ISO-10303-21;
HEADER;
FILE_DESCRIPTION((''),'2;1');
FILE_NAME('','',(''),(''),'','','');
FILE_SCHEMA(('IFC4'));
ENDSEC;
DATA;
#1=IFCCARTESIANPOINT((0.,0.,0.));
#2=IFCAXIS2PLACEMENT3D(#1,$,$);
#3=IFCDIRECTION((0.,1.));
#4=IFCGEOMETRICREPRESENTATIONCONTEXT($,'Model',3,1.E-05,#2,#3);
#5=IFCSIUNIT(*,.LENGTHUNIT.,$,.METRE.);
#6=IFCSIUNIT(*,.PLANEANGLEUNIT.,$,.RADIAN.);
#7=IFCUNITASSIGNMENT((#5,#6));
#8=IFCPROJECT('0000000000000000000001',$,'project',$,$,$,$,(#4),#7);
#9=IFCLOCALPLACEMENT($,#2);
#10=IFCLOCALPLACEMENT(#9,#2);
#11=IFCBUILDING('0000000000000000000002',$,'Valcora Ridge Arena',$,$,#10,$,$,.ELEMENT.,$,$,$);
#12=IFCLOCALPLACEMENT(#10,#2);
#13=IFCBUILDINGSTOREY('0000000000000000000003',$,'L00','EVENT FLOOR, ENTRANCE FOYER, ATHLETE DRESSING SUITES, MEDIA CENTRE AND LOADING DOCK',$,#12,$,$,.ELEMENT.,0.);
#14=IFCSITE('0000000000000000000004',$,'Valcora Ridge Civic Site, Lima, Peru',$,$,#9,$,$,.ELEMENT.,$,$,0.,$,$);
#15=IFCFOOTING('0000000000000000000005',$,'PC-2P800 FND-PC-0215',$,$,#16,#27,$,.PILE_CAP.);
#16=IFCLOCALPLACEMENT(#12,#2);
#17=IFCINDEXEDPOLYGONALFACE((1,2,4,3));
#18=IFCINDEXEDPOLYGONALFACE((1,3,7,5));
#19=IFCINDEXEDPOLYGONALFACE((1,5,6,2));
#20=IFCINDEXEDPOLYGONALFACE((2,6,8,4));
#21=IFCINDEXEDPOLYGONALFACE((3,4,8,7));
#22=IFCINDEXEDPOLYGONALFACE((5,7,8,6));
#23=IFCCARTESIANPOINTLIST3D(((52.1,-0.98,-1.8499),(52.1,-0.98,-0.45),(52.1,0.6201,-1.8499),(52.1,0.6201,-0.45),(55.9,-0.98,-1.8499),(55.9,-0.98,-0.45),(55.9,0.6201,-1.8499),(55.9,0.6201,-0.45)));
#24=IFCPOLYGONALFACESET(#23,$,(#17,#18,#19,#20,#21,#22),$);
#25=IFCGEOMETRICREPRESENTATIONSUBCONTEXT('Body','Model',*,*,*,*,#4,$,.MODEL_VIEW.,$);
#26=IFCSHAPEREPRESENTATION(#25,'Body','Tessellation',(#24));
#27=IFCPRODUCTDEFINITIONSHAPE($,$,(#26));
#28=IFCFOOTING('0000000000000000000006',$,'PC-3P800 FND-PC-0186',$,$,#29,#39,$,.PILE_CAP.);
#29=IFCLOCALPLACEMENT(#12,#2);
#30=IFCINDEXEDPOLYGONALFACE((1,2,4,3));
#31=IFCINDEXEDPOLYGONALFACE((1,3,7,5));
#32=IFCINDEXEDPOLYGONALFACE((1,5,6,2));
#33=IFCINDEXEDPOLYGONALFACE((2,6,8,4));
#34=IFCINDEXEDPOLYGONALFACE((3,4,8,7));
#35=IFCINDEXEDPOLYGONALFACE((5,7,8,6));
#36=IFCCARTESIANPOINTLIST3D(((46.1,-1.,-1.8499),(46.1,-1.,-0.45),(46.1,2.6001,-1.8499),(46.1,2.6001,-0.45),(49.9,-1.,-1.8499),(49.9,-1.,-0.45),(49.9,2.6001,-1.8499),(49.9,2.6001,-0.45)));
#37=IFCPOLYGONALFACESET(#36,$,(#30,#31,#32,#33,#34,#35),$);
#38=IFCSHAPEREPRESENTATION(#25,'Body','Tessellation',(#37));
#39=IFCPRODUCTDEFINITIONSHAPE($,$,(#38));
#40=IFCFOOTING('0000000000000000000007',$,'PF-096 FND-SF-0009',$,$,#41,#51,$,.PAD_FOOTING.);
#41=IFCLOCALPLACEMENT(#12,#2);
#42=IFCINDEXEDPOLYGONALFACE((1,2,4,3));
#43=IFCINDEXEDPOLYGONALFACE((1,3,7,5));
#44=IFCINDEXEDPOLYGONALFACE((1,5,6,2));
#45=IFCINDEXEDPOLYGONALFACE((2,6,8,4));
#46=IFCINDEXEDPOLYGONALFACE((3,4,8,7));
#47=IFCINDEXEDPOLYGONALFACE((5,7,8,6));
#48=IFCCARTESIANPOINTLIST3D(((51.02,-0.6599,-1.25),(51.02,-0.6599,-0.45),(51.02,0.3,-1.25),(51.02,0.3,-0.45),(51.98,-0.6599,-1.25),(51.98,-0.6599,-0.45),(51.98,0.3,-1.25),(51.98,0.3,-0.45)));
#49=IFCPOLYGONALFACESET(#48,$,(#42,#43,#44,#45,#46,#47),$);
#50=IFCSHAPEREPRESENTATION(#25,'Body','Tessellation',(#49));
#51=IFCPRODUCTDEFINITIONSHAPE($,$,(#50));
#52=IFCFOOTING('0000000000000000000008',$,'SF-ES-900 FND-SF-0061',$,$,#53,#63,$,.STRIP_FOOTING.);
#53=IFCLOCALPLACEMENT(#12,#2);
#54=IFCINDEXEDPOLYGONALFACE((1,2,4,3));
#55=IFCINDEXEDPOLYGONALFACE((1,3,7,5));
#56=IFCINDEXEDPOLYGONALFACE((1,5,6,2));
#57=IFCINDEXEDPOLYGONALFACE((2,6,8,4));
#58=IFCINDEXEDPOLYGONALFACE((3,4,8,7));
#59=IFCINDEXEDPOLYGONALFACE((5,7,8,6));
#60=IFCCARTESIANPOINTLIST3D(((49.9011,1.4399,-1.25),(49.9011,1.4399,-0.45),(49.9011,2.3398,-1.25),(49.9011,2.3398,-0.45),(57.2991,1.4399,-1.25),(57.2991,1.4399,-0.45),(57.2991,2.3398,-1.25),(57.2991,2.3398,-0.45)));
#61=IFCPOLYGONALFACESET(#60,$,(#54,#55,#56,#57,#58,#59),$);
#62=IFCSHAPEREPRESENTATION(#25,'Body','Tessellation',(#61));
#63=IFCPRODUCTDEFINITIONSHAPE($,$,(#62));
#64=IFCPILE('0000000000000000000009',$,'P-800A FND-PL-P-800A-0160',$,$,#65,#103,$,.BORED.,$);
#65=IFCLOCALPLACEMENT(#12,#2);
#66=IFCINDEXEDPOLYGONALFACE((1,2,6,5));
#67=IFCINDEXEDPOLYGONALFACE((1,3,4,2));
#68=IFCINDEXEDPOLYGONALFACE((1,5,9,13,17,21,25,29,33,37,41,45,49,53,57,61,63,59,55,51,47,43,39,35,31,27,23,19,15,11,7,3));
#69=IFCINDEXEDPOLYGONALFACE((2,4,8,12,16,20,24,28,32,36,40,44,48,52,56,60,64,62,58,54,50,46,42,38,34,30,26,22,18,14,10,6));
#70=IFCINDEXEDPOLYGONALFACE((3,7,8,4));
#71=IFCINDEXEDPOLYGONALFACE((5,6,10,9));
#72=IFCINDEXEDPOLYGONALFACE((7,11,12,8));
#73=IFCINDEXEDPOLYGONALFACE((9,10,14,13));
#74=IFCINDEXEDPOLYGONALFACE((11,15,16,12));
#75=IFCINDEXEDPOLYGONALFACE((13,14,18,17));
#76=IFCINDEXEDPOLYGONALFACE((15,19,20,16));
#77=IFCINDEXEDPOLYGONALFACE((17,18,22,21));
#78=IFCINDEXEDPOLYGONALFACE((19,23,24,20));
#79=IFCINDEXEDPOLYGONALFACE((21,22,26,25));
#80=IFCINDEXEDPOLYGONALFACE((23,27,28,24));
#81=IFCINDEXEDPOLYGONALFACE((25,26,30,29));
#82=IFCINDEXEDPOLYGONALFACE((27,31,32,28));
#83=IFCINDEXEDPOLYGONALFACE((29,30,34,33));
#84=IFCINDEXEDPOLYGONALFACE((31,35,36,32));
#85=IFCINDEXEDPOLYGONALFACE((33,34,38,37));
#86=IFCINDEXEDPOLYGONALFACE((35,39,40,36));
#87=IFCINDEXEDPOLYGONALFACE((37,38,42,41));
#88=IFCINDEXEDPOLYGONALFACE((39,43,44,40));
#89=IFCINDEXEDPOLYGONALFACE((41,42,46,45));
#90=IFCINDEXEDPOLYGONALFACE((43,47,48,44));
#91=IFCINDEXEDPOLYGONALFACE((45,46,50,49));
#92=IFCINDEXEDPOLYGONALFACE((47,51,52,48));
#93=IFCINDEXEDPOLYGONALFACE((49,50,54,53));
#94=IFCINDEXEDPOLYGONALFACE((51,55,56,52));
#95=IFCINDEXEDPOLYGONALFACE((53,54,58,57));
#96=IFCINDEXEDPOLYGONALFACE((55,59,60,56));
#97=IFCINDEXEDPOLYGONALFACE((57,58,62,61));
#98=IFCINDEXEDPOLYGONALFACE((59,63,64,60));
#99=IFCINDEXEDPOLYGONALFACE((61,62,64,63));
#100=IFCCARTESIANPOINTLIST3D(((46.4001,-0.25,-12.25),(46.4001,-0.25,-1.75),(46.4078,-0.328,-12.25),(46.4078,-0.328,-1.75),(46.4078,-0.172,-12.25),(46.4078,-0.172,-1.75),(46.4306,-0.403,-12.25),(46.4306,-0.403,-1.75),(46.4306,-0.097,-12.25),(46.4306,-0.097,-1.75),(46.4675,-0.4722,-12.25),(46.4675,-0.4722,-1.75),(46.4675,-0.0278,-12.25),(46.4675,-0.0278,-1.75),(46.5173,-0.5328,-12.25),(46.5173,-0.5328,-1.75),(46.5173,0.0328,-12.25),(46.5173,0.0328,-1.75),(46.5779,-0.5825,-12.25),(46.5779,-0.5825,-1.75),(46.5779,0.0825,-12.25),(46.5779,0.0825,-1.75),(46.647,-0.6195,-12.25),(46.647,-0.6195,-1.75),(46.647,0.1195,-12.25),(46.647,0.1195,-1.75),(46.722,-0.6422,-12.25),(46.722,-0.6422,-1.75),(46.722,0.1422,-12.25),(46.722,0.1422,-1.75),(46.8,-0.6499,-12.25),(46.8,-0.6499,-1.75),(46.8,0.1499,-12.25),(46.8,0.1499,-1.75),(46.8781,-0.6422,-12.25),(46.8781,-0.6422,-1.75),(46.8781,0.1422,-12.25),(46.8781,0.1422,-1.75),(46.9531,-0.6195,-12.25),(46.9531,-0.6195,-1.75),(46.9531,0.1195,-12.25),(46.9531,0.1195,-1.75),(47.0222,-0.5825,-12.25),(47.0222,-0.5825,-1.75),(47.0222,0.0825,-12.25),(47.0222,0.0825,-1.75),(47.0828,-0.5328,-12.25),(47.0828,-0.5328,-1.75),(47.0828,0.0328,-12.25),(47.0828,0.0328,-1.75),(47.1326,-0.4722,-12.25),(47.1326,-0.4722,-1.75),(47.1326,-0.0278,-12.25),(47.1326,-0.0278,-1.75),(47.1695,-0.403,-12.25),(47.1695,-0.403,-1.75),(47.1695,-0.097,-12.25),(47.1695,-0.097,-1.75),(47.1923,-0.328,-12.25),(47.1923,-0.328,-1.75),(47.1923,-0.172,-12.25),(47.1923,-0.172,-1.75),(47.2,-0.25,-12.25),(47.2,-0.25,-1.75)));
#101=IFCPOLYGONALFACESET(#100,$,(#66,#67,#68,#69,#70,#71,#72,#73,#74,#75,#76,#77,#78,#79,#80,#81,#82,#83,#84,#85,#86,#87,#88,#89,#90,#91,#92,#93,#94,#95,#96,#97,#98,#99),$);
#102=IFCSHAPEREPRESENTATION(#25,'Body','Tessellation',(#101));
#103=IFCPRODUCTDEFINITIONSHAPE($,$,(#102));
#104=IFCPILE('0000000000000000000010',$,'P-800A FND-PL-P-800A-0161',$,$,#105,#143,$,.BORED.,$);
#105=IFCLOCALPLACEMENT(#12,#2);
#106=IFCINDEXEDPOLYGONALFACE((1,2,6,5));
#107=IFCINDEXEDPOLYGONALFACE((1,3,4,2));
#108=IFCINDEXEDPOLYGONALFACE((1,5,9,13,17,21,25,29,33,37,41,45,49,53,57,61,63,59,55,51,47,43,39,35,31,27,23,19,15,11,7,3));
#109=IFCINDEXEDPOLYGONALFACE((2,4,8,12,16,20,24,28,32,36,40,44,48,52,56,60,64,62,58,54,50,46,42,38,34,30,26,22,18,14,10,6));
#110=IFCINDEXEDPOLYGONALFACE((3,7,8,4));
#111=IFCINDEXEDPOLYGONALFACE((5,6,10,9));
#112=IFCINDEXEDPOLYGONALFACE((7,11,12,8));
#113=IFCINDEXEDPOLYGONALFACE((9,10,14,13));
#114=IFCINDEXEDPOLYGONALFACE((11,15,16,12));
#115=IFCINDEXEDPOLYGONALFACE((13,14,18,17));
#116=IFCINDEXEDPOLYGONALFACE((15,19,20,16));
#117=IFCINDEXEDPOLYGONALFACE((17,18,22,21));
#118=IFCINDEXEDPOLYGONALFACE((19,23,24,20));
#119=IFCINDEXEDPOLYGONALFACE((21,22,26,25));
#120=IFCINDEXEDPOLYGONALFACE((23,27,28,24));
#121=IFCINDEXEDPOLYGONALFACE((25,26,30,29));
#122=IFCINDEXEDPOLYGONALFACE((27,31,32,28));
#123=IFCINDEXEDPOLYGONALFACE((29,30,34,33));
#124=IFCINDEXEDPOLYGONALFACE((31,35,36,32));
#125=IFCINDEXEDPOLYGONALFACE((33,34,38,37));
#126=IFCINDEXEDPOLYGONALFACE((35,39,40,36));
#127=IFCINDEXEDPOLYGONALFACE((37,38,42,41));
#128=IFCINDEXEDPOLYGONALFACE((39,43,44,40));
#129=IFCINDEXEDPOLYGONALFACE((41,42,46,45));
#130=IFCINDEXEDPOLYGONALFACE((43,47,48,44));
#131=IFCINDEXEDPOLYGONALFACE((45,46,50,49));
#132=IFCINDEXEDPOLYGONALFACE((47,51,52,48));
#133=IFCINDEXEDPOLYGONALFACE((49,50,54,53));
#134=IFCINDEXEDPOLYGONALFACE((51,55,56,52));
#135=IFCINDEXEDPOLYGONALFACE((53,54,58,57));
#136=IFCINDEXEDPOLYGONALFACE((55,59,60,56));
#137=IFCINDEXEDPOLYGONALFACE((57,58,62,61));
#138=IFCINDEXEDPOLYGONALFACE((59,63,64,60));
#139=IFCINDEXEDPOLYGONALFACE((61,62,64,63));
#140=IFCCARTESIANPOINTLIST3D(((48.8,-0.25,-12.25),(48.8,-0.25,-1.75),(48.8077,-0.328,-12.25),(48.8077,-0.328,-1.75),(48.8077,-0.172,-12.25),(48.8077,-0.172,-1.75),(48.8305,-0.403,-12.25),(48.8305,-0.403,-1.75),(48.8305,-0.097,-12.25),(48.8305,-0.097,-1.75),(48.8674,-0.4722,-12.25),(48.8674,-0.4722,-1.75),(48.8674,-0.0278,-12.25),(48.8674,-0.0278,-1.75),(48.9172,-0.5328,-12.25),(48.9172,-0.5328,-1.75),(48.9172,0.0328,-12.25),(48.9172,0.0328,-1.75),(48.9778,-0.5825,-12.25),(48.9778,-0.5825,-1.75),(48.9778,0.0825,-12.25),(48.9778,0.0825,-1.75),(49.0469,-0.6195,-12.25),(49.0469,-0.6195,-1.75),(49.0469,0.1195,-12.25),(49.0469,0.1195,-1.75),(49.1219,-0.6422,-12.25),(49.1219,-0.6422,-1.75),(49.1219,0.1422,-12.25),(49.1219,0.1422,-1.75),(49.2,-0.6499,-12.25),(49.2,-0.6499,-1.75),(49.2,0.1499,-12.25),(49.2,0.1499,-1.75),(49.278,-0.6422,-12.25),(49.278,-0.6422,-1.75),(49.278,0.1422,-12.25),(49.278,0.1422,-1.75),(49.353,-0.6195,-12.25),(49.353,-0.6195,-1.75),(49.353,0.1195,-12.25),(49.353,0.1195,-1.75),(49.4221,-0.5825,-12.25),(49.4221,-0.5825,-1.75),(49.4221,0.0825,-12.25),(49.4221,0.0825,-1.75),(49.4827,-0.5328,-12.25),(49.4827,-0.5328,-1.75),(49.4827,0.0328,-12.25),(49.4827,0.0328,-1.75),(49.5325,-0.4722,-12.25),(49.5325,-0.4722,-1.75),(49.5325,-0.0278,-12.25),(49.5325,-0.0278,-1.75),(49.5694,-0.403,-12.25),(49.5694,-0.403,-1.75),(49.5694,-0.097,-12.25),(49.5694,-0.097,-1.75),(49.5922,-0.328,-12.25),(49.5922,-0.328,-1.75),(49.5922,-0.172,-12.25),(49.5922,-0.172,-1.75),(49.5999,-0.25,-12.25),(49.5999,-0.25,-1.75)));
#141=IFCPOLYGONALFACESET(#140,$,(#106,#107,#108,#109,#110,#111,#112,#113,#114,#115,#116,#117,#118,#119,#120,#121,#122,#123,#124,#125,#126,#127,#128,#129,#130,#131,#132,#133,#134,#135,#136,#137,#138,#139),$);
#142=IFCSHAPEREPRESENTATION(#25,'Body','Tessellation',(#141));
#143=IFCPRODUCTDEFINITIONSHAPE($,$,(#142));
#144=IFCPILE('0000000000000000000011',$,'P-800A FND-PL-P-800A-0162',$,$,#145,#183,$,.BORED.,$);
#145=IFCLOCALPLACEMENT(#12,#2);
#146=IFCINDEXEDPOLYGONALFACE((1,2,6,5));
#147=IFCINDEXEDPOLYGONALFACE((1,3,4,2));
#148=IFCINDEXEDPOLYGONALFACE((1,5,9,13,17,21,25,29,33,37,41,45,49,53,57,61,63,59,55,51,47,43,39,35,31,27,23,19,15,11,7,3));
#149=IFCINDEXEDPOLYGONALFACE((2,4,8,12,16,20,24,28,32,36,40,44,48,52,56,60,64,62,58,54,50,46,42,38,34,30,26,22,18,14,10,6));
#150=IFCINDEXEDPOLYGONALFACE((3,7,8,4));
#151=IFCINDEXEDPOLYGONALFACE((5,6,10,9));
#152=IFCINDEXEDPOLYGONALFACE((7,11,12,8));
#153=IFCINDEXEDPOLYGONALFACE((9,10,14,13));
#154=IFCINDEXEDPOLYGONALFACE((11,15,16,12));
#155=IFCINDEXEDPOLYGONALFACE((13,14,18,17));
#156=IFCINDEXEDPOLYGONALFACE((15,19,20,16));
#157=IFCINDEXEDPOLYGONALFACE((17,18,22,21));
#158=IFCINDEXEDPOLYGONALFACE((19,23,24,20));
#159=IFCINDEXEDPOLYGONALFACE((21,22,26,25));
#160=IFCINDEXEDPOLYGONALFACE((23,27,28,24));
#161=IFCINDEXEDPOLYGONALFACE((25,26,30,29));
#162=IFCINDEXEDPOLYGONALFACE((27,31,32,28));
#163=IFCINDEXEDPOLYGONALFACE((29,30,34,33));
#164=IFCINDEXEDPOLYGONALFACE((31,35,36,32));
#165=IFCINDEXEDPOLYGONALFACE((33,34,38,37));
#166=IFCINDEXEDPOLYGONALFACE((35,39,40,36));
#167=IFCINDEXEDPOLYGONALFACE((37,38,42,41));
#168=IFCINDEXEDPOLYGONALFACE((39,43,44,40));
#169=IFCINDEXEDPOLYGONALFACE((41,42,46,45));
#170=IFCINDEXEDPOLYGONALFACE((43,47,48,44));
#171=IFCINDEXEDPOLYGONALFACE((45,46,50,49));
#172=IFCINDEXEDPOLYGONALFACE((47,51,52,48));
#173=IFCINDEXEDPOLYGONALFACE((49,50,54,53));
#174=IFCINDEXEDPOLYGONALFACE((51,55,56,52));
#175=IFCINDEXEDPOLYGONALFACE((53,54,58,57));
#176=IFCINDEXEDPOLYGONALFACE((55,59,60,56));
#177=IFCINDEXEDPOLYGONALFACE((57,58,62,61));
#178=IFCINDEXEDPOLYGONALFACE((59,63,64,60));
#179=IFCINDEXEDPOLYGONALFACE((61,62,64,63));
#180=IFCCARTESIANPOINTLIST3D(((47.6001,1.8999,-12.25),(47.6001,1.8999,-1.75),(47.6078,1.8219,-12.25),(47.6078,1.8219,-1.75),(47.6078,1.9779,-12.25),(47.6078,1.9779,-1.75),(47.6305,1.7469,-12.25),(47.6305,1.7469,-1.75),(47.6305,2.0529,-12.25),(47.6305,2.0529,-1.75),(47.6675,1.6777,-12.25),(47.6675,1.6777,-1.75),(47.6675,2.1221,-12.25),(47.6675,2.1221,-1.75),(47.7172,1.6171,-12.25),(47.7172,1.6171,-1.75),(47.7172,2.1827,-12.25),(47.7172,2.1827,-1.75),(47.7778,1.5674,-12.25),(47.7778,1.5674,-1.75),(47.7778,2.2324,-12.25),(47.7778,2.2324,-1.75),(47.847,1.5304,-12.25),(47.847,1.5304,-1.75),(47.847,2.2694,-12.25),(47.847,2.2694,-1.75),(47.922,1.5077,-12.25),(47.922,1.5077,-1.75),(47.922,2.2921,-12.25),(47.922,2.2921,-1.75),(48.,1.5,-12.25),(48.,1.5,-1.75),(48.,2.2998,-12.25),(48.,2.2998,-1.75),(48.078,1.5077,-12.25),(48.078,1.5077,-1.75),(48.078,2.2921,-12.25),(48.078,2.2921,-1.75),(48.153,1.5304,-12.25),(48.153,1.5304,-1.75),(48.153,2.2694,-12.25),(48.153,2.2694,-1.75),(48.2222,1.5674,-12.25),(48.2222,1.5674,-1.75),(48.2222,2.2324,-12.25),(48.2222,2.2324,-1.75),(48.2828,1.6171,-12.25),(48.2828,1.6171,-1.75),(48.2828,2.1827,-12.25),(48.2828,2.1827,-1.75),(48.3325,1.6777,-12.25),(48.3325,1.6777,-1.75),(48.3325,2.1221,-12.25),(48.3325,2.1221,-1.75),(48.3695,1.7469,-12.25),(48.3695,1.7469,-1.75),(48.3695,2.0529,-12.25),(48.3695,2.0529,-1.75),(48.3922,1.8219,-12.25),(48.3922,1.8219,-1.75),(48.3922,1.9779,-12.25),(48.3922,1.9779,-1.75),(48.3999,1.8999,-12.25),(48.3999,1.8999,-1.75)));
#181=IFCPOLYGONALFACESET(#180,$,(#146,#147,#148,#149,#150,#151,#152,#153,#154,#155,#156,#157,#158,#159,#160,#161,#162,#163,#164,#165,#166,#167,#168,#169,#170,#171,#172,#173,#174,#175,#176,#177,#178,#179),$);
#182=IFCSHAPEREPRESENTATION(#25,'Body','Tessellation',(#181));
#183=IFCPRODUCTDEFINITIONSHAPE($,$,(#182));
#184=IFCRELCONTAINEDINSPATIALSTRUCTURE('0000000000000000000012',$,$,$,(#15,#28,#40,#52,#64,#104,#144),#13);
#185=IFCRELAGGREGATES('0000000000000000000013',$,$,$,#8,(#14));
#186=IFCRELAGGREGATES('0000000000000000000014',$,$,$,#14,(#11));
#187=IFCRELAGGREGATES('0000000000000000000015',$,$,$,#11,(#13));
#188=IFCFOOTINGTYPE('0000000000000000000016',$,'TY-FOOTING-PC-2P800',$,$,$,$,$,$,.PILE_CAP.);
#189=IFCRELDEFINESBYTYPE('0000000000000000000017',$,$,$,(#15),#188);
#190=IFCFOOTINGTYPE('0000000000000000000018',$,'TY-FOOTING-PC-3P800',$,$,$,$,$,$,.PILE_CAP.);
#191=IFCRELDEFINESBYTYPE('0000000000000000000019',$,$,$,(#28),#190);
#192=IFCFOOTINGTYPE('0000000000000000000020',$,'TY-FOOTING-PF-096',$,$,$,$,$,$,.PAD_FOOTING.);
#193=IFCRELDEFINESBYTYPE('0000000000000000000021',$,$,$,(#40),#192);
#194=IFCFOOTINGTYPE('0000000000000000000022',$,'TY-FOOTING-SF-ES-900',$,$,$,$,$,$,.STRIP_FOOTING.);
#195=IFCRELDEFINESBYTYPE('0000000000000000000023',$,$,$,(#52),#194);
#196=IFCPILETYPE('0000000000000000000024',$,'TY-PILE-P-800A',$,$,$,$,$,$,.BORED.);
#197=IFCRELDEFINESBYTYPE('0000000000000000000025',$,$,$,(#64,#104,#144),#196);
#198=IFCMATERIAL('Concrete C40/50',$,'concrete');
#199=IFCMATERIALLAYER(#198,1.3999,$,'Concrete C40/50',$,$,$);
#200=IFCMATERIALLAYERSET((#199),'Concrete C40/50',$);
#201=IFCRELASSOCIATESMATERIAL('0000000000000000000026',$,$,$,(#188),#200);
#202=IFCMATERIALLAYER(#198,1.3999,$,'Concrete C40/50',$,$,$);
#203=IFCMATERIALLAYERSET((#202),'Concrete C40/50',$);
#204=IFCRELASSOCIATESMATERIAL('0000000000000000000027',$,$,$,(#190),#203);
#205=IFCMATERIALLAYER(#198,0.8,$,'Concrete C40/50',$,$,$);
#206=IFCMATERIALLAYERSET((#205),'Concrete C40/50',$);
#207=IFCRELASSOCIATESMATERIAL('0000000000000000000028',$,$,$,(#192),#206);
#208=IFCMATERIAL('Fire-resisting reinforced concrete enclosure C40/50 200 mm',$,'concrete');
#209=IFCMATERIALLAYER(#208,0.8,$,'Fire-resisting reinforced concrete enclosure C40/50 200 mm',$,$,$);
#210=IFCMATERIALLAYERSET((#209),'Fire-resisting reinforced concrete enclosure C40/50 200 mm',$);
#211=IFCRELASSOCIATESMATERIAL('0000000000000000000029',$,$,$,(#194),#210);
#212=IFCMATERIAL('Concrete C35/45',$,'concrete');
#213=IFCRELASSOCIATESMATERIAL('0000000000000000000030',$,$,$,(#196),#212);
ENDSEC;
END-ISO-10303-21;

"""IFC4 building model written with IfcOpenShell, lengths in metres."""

from ifc_helpers import new_model, si_unit, direction, frame, origin, origin_2d, place, context, subcontext, project, spatial, rectangle, circle, extrude, material, layer, layer_set, material_profile, profile_set, type_object, element, save


model = new_model("IFC4")

# Units and contexts
model_context = context("Model", 3, precision=1e-05, world=origin(), true_north=direction((0.0, 1.0)))
body_context = subcontext(model_context, "Body", "Model", "MODEL_VIEW")
ifc_project = project(units=[si_unit("LENGTHUNIT", "METRE"), si_unit("PLANEANGLEUNIT", "RADIAN")], contexts=[model_context])

# Site, building, storey
site_placement = place(None, origin())
site = spatial("IfcSite", under=ifc_project, at=site_placement, Name="Valcora Ridge Civic Site, Lima, Peru", CompositionType="ELEMENT", RefElevation=0.0)
building_placement = place(site_placement, origin())
building = spatial("IfcBuilding", under=site, at=building_placement, Name="Valcora Ridge Arena", CompositionType="ELEMENT")
storey_placement = place(building_placement, origin())
storey = spatial("IfcBuildingStorey", under=building, at=storey_placement, Name="L00", Description="EVENT FLOOR, ENTRANCE FOYER, ATHLETE DRESSING SUITES, MEDIA CENTRE AND LOADING DOCK", CompositionType="ELEMENT", Elevation=0.0)

# Footings
ifc_material_1 = material(Name="Concrete C40/50", Category="concrete")
ifc_layer_1 = layer(ifc_material_1, 1.3999, Name="Concrete C40/50")
ifc_layer_set_1 = layer_set([ifc_layer_1], Name="Concrete C40/50")
footing_type_1 = type_object("IfcFootingType", Name="TY-FOOTING-PC-2P800", PredefinedType="PILE_CAP", material=ifc_layer_set_1)
footing_1_placement = place(storey_placement, frame((54.0, -0.1799, -1.8499), z_axis=(0.0, 0.0, 1.0), x_axis=(1.0, 0.0, 0.0)))
element("IfcFooting", 1, at=footing_1_placement, inside=storey, type_object=footing_type_1, Name="PC-2P800 FND-PC-0215", PredefinedType="PILE_CAP", context=body_context, shape_type="SweptSolid", body=[
    extrude(rectangle(XDim=3.8, YDim=1.6001, at=origin_2d()), origin(), (0.0, 0.0, 1.0), 1.3999),
])
ifc_layer_2 = layer(ifc_material_1, 1.3999, Name="Concrete C40/50")
ifc_layer_set_2 = layer_set([ifc_layer_2], Name="Concrete C40/50")
footing_type_2 = type_object("IfcFootingType", Name="TY-FOOTING-PC-3P800", PredefinedType="PILE_CAP", material=ifc_layer_set_2)
footing_2_placement = place(storey_placement, frame((48.0, 0.8, -1.8499), z_axis=(0.0, 0.0, 1.0), x_axis=(1.0, 0.0, 0.0)))
element("IfcFooting", 2, at=footing_2_placement, inside=storey, type_object=footing_type_2, Name="PC-3P800 FND-PC-0186", PredefinedType="PILE_CAP", context=body_context, shape_type="SweptSolid", body=[
    extrude(rectangle(XDim=3.8, YDim=3.6001, at=origin_2d()), origin(), (0.0, 0.0, 1.0), 1.3999),
])
ifc_layer_3 = layer(ifc_material_1, 0.8, Name="Concrete C40/50")
ifc_layer_set_3 = layer_set([ifc_layer_3], Name="Concrete C40/50")
footing_type_3 = type_object("IfcFootingType", Name="TY-FOOTING-PF-096", PredefinedType="PAD_FOOTING", material=ifc_layer_set_3)
footing_3_placement = place(storey_placement, frame((51.5, -0.1799, -1.25), z_axis=(0.0, 0.0, 1.0), x_axis=(1.0, 0.0, 0.0)))
element("IfcFooting", 3, at=footing_3_placement, inside=storey, type_object=footing_type_3, Name="PF-096 FND-SF-0009", PredefinedType="PAD_FOOTING", context=body_context, shape_type="SweptSolid", body=[
    extrude(rectangle(XDim=0.96, YDim=0.96, at=origin_2d()), origin(), (0.0, 0.0, 1.0), 0.8),
])
ifc_material_2 = material(Name="Fire-resisting reinforced concrete enclosure C40/50 200 mm", Category="concrete")
ifc_layer_4 = layer(ifc_material_2, 0.8, Name="Fire-resisting reinforced concrete enclosure C40/50 200 mm")
ifc_layer_set_4 = layer_set([ifc_layer_4], Name="Fire-resisting reinforced concrete enclosure C40/50 200 mm")
footing_type_4 = type_object("IfcFootingType", Name="TY-FOOTING-SF-ES-900", PredefinedType="STRIP_FOOTING", material=ifc_layer_set_4)
footing_4_placement = place(storey_placement, frame((53.6001, 1.8899, -1.25), z_axis=(0.0, 0.0, 1.0), x_axis=(1.0, 0.0, 0.0)))
element("IfcFooting", 4, at=footing_4_placement, inside=storey, type_object=footing_type_4, Name="SF-ES-900 FND-SF-0061", PredefinedType="STRIP_FOOTING", context=body_context, shape_type="SweptSolid", body=[
    extrude(rectangle(XDim=7.3979, YDim=0.8999, at=origin_2d()), origin(), (0.0, 0.0, 1.0), 0.8),
])

# Piles
ifc_material_3 = material(Name="Concrete C35/45", Category="concrete")
ifc_material_profile_1 = material_profile(ifc_material_3, circle(Radius=0.3999, at=origin_2d()), Name="BORED PILE D800")
ifc_profile_set_1 = profile_set([ifc_material_profile_1], Name="Concrete C35/45")
pile_type_1 = type_object("IfcPileType", Name="TY-PILE-P-800A", PredefinedType="BORED", material=ifc_profile_set_1)
for number, where, z_axis, x_axis, name in (
    (5, (46.8, -0.25, -1.75), (0.0, 0.0, -1.0), (1.0, 0.0, 0.0), "P-800A FND-PL-P-800A-0160"),
    (6, (49.2, -0.25, -1.75), (0.0, 0.0, -1.0), (1.0, 0.0, 0.0), "P-800A FND-PL-P-800A-0161"),
    (7, (48.0, 1.8999, -1.75), (0.0, 0.0, -1.0), (1.0, 0.0, 0.0), "P-800A FND-PL-P-800A-0162"),
):
    element("IfcPile", number, at=place(storey_placement, frame(where, z_axis=z_axis, x_axis=x_axis)), inside=storey, type_object=pile_type_1, Name=name, PredefinedType="BORED", context=body_context, shape_type="SweptSolid", body=[
        extrude(circle(Radius=0.3999, at=origin_2d()), origin(), (0.0, 0.0, 1.0), 10.5),
    ])

save(model, "model.ifc")
